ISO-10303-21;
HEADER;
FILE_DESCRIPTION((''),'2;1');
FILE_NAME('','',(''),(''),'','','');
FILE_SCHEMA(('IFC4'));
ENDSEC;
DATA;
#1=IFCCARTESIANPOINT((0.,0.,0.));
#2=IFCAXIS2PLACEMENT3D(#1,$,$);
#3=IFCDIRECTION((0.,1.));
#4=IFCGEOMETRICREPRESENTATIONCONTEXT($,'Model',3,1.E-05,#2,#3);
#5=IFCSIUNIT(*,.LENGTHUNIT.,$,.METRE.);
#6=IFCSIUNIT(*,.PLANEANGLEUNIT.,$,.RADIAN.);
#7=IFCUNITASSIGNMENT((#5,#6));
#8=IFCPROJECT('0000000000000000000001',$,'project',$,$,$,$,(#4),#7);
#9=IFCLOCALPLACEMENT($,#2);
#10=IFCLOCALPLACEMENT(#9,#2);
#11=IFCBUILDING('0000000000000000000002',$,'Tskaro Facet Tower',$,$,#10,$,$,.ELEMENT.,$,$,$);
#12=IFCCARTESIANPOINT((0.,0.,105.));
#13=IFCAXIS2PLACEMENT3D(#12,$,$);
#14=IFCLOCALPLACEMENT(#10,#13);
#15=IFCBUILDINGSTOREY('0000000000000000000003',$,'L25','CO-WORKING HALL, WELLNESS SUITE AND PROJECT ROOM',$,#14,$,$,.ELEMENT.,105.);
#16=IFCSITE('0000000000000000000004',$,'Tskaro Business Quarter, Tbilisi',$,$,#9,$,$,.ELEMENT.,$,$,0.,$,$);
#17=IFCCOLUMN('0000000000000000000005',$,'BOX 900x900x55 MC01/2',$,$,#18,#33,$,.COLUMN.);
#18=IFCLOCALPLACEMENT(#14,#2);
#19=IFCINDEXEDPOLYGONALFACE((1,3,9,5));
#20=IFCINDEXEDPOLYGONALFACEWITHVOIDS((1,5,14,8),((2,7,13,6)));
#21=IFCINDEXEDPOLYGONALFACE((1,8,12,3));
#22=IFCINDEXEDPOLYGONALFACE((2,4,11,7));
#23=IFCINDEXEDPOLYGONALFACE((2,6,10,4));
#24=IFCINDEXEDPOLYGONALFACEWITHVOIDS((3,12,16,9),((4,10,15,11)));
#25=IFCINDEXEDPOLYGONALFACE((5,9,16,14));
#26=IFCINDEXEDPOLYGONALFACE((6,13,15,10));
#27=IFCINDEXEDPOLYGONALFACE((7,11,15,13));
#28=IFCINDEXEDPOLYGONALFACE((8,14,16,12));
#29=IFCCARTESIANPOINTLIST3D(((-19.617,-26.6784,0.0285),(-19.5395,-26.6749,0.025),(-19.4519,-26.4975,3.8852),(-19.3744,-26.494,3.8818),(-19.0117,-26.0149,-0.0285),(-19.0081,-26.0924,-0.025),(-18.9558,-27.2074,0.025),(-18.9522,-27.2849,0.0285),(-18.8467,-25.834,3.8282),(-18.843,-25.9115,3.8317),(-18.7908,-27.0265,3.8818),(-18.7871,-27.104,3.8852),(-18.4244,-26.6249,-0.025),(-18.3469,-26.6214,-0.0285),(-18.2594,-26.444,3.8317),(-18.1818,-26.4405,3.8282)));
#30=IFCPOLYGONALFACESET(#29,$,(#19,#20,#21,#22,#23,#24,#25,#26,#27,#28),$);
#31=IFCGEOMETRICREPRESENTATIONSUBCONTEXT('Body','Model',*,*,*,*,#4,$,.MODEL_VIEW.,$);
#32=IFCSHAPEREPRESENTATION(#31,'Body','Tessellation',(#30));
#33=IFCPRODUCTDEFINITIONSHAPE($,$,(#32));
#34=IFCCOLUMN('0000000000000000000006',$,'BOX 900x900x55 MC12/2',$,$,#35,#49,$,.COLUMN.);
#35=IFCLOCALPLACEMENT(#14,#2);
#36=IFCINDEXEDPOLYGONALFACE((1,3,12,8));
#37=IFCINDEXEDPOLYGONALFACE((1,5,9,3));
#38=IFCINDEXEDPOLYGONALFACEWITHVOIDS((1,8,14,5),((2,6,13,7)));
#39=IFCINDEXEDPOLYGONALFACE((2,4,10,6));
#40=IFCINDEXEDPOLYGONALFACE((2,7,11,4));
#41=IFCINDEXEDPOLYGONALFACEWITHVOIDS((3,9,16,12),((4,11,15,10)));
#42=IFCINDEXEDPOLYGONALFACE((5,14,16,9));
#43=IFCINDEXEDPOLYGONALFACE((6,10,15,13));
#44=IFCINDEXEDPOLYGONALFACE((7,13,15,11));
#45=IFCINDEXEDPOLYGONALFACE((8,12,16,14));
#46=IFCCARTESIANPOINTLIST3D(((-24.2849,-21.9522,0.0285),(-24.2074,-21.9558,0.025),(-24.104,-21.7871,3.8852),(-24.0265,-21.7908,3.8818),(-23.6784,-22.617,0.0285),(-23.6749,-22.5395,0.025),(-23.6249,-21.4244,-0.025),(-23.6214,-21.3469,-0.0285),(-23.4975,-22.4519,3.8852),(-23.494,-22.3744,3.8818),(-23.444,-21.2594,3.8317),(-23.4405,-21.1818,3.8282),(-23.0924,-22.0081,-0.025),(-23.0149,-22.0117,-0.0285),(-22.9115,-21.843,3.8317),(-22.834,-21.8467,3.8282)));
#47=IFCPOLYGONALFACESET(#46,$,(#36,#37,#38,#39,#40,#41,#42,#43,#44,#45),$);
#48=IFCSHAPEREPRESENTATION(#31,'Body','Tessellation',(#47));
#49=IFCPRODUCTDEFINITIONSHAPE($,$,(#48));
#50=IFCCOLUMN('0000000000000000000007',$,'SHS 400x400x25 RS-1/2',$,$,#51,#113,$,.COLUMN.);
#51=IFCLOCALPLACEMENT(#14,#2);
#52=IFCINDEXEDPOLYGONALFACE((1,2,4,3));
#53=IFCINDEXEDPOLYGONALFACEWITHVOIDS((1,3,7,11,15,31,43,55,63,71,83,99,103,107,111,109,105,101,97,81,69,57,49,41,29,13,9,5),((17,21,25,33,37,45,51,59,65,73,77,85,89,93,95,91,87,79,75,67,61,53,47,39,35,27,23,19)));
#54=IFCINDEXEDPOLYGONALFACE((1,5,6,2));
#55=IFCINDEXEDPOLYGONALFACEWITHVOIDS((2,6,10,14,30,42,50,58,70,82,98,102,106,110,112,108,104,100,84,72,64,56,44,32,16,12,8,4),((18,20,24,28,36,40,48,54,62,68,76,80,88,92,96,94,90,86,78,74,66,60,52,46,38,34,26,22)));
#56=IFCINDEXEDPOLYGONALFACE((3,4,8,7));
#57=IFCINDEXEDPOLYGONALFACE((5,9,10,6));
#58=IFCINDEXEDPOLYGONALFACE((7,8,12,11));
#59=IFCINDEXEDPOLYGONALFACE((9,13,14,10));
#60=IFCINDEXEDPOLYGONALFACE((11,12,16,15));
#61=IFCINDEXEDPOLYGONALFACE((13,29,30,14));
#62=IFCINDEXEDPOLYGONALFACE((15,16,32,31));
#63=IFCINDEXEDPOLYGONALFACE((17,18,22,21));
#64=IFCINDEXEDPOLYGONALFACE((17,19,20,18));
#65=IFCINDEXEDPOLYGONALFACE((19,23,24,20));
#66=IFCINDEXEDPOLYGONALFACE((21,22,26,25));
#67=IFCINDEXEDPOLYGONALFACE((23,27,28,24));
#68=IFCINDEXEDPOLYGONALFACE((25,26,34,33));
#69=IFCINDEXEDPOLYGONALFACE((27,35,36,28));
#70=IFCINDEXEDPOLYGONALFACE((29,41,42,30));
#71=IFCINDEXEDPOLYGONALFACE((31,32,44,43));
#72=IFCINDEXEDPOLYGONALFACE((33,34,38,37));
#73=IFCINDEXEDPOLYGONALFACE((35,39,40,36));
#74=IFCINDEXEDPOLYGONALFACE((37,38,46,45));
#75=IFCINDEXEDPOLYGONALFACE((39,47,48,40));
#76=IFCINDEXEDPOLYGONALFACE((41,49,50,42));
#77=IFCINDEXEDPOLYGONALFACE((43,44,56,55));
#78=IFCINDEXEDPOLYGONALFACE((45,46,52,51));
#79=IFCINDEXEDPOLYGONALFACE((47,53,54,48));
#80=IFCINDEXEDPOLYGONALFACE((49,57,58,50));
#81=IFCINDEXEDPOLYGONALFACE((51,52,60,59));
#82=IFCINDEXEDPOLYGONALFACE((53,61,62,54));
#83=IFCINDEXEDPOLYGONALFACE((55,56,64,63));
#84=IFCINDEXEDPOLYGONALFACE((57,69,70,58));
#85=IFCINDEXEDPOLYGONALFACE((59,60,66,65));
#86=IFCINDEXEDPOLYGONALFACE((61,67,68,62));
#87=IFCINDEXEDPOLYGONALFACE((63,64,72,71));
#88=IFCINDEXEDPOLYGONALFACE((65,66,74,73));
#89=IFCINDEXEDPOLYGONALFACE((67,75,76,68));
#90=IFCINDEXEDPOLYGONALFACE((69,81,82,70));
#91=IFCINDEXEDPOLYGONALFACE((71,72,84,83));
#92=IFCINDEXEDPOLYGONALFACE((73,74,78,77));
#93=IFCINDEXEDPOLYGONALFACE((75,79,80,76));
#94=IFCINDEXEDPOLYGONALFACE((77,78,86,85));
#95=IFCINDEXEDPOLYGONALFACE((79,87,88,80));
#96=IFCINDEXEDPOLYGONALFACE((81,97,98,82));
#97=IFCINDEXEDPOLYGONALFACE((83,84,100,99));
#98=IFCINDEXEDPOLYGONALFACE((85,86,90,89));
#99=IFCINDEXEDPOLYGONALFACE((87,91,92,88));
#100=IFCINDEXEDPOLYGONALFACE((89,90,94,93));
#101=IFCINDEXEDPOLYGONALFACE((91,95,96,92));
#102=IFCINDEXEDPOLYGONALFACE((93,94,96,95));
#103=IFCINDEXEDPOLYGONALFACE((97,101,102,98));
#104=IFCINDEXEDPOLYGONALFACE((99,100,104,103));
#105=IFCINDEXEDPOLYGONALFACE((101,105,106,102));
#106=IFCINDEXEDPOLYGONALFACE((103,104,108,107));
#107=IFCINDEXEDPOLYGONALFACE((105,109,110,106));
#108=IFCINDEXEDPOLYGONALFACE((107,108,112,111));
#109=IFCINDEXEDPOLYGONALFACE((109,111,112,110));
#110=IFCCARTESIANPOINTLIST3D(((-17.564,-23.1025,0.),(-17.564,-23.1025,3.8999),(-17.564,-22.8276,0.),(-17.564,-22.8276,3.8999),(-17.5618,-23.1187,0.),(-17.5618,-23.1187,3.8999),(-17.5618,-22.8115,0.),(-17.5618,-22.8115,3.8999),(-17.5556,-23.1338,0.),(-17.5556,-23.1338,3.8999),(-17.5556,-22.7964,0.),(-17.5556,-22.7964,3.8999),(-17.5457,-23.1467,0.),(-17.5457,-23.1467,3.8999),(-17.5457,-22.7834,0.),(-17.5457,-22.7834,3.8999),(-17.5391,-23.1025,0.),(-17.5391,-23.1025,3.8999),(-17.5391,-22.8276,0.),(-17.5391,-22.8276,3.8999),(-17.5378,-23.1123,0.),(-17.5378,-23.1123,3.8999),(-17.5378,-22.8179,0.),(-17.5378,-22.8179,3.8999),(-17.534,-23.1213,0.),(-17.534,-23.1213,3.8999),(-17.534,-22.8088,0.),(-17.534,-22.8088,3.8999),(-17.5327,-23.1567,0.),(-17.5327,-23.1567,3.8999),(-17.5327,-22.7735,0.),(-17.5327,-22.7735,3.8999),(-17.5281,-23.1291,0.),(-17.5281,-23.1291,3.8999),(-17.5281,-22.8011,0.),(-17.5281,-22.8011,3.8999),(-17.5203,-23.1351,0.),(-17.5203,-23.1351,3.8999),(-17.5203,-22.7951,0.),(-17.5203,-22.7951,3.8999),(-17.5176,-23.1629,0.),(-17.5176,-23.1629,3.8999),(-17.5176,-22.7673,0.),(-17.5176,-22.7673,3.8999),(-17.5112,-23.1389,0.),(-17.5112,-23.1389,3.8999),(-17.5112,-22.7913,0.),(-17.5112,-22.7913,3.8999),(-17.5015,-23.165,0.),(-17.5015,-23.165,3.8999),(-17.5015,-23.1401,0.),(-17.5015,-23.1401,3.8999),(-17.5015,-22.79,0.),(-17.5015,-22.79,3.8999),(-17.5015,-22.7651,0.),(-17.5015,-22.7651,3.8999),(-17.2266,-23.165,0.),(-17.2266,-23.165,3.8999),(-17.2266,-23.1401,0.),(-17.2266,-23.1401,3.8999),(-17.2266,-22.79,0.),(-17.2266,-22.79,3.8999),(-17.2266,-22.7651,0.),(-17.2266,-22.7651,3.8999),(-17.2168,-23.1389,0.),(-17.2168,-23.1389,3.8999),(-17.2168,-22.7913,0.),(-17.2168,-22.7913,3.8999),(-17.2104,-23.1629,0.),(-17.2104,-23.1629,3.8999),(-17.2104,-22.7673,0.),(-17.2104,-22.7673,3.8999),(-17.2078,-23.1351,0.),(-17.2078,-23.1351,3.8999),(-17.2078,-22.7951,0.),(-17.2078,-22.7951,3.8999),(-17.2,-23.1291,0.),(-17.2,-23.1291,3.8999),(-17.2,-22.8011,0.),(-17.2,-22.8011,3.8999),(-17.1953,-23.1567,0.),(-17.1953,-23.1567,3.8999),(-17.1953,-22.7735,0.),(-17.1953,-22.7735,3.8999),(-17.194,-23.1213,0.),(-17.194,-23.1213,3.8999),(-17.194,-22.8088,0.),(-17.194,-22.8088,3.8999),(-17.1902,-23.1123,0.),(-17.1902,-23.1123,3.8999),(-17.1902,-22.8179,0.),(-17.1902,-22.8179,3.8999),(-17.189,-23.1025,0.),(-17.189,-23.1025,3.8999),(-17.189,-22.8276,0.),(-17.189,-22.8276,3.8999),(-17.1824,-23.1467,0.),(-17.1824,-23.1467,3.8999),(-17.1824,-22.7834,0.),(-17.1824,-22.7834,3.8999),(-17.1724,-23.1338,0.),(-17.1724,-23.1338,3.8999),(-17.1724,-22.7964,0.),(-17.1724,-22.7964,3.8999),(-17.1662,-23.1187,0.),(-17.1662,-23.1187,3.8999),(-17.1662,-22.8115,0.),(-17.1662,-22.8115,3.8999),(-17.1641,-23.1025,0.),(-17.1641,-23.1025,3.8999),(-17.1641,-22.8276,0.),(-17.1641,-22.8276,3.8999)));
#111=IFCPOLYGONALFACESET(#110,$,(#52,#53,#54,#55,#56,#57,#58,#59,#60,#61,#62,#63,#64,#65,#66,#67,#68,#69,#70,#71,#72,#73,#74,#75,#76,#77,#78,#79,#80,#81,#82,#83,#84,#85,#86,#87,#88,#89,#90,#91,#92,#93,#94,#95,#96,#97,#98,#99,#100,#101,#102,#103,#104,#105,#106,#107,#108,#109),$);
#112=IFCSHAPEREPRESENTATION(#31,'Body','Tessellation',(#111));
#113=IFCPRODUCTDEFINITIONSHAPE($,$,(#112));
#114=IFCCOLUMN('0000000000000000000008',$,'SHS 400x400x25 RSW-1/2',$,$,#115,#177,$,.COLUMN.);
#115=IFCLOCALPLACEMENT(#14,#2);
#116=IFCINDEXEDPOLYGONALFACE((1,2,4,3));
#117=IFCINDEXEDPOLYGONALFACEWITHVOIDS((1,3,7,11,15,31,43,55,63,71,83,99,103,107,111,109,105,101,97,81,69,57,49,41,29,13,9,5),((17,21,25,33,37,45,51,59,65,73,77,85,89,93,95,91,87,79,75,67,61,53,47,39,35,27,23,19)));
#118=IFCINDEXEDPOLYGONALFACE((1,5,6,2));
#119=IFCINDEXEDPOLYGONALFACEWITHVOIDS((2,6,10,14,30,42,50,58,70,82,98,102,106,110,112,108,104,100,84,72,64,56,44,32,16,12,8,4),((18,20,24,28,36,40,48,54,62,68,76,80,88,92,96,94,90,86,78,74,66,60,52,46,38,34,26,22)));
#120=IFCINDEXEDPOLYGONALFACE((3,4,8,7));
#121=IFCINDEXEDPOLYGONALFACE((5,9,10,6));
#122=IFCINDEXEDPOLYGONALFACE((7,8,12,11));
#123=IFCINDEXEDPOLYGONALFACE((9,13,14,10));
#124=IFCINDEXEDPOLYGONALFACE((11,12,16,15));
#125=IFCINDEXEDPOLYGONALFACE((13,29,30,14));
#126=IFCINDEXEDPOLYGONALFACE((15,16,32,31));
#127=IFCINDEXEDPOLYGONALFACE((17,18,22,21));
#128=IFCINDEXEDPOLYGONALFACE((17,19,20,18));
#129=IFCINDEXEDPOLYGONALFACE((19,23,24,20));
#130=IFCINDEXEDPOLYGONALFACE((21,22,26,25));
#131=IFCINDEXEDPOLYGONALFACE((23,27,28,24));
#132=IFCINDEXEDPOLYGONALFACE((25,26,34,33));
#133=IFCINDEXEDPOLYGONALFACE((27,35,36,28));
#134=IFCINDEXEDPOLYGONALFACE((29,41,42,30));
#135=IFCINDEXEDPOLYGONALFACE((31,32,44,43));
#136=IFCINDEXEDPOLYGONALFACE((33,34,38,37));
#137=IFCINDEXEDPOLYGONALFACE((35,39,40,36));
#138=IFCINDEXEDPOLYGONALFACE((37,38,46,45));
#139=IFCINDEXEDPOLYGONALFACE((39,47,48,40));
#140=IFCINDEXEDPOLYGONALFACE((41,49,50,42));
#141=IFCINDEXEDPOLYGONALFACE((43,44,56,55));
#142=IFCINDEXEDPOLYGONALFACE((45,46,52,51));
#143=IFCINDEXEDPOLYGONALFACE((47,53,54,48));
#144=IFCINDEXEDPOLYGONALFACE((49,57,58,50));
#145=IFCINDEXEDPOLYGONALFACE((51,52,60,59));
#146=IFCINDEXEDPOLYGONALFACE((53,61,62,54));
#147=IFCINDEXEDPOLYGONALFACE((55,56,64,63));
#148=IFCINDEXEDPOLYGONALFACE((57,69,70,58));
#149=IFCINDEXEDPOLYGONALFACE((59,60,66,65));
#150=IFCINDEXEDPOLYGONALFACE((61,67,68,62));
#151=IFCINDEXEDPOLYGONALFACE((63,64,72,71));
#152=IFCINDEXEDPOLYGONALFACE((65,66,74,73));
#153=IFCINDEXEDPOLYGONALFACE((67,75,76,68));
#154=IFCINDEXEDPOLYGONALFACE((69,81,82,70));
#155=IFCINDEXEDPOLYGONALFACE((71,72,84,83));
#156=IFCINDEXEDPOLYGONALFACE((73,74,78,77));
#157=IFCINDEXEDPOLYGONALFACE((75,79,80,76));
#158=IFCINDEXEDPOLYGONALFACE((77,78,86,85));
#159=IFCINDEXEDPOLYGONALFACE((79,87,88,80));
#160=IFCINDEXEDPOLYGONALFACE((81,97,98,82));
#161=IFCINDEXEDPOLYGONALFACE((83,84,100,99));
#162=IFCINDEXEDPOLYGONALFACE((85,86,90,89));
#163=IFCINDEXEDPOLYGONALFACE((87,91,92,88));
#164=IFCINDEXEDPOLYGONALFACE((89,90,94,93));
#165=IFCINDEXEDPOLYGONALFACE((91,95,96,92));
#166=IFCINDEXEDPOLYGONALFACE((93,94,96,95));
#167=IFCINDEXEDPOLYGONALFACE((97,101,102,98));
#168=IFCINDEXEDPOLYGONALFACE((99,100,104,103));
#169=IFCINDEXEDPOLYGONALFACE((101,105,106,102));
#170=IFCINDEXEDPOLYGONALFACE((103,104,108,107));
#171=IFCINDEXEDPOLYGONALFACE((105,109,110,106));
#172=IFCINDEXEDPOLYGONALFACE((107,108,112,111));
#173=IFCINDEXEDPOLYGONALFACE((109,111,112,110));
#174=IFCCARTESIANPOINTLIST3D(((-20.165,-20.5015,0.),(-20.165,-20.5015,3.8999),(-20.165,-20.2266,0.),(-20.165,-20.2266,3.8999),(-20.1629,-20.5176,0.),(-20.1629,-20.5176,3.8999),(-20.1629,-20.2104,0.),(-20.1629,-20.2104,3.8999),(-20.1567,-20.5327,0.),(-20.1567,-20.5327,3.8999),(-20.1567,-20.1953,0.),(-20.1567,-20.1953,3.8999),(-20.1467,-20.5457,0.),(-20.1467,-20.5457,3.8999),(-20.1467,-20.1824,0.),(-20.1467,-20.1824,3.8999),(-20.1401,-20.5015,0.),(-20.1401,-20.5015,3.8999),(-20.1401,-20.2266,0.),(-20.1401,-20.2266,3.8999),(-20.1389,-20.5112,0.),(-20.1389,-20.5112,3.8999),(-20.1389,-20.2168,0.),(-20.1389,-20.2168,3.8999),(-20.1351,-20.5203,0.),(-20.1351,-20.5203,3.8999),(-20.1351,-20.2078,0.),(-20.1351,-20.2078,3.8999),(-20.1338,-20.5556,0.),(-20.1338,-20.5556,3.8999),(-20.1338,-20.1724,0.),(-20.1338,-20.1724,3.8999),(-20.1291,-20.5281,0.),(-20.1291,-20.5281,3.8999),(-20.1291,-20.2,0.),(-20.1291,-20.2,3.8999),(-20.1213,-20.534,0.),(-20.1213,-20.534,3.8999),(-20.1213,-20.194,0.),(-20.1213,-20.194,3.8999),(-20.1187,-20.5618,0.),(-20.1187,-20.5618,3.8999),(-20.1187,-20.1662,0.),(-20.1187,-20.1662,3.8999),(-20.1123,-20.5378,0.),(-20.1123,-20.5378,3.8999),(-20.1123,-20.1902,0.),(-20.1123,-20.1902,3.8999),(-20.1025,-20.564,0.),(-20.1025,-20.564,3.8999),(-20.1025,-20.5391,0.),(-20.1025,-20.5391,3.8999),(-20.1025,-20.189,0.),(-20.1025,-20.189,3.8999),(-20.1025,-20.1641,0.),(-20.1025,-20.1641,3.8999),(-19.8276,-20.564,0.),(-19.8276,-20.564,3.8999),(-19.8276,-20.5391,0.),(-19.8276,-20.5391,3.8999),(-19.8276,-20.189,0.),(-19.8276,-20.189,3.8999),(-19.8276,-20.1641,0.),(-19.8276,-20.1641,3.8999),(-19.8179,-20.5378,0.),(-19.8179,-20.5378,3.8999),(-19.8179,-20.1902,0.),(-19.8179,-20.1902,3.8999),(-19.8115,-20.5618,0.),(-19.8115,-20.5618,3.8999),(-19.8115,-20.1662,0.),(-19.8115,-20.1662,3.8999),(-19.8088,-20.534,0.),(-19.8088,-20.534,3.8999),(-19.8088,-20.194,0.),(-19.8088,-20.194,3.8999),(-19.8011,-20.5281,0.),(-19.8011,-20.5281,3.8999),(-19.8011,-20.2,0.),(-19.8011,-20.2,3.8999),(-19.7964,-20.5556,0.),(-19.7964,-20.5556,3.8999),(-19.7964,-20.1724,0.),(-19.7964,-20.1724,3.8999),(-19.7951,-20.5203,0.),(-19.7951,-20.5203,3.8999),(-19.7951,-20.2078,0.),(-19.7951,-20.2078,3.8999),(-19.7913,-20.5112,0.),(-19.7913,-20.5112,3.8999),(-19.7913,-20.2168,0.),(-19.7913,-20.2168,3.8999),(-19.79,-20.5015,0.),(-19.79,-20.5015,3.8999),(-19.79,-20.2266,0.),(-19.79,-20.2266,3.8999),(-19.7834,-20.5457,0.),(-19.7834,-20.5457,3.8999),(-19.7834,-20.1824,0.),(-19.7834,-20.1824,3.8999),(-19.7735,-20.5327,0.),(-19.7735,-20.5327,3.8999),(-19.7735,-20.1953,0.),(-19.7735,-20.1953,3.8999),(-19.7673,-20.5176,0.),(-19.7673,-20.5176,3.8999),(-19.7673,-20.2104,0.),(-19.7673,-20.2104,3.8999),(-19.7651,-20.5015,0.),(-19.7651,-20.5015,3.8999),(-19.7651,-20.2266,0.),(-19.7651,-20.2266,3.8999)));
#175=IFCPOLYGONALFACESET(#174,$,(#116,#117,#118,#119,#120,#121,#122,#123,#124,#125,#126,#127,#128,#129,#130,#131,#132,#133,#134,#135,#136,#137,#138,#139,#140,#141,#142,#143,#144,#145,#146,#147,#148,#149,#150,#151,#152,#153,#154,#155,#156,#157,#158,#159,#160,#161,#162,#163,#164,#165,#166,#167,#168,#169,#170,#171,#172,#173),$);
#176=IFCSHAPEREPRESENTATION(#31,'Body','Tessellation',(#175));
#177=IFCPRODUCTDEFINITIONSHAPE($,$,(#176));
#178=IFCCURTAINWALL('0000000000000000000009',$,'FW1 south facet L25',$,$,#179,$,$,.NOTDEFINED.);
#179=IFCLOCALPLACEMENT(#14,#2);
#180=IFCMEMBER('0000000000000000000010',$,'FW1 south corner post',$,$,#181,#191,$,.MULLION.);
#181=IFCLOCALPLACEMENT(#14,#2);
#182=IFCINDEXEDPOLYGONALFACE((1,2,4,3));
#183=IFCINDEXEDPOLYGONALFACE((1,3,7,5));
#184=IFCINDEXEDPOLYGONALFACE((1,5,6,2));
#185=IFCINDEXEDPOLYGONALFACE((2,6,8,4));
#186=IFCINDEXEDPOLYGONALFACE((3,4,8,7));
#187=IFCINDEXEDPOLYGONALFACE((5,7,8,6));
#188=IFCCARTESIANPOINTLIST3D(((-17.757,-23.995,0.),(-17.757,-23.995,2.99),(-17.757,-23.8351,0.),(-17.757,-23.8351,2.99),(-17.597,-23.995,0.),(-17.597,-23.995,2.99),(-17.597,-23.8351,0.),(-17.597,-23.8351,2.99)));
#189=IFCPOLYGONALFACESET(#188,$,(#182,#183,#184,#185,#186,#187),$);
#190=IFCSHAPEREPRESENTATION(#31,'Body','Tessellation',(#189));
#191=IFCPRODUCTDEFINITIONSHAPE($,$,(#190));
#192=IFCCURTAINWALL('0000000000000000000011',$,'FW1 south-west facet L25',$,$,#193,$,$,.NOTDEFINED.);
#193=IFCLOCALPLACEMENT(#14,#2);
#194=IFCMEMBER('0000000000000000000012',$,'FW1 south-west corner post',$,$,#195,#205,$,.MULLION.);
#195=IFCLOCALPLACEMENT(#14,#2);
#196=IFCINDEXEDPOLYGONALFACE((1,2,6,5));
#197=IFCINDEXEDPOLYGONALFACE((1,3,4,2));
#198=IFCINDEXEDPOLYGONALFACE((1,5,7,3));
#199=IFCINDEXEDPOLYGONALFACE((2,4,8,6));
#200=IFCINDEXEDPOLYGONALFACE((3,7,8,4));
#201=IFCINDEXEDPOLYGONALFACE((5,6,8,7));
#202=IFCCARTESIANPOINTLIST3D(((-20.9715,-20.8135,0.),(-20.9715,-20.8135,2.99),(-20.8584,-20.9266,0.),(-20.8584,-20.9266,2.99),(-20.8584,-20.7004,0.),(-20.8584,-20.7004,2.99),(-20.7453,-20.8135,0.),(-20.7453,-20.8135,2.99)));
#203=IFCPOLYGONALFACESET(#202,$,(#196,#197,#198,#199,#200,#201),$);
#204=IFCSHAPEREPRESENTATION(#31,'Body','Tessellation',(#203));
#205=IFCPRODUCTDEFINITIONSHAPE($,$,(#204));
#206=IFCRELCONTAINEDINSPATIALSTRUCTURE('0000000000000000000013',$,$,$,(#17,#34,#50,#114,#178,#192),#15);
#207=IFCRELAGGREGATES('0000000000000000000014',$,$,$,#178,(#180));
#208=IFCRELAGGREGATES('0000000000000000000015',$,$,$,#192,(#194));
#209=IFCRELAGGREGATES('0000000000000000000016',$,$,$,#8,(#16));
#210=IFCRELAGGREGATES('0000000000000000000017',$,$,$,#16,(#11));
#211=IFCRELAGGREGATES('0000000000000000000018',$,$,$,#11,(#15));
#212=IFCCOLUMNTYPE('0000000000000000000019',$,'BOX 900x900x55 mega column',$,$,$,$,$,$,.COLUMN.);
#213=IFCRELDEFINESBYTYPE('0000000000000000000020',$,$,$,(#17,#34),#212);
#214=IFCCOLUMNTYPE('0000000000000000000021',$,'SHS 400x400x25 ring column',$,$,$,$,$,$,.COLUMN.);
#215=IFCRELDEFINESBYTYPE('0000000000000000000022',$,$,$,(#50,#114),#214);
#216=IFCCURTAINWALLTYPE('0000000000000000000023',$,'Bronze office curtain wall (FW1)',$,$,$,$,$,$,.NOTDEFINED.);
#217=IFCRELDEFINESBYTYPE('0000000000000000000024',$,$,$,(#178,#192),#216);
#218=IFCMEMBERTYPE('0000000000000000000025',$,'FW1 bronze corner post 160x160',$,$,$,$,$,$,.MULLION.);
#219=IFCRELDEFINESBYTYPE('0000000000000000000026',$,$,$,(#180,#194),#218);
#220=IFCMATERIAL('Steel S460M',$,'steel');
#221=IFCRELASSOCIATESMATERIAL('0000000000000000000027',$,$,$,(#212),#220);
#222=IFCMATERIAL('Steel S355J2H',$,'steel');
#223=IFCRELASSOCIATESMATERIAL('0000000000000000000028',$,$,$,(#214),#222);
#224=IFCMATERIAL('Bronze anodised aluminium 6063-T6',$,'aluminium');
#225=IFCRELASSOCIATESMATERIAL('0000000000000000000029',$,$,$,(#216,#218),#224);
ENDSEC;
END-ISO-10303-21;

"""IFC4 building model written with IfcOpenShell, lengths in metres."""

from ifc_helpers import new_model, si_unit, direction, frame, origin, origin_2d, place, context, subcontext, project, spatial, rectangle, hollow_rectangle, extrude, material, material_profile, profile_set, type_object, element, aggregate, save


model = new_model("IFC4")

# Units and contexts
model_context = context("Model", 3, precision=1e-05, world=origin(), true_north=direction((0.0, 1.0)))
body_context = subcontext(model_context, "Body", "Model", "MODEL_VIEW")
ifc_project = project(units=[si_unit("LENGTHUNIT", "METRE"), si_unit("PLANEANGLEUNIT", "RADIAN")], contexts=[model_context])

# Site, building, storey
site_placement = place(None, origin())
site = spatial("IfcSite", under=ifc_project, at=site_placement, Name="Tskaro Business Quarter, Tbilisi", CompositionType="ELEMENT", RefElevation=0.0)
building_placement = place(site_placement, origin())
building = spatial("IfcBuilding", under=site, at=building_placement, Name="Tskaro Facet Tower", CompositionType="ELEMENT")
storey_placement = place(building_placement, frame((0.0, 0.0, 105.0)))
storey = spatial("IfcBuildingStorey", under=building, at=storey_placement, Name="L25", Description="CO-WORKING HALL, WELLNESS SUITE AND PROJECT ROOM", CompositionType="ELEMENT", Elevation=105.0)

# Columns
ifc_material_1 = material(Name="Steel S460M", Category="steel")
ifc_material_profile_1 = material_profile(ifc_material_1, hollow_rectangle(XDim=0.8999, YDim=0.8999, WallThickness=0.0549, at=origin_2d()), Name="BOX 900x900x55")
ifc_profile_set_1 = profile_set([ifc_material_profile_1], Name="Steel S460M")
column_type_1 = type_object("IfcColumnType", Name="BOX 900x900x55 mega column", PredefinedType="COLUMN", material=ifc_profile_set_1)
for number, where, z_axis, x_axis, name in (
    (1, (-18.9819, -26.6499, 0.0), (0.042707, 0.046813, 0.99799), (-0.738766, 0.673962, 0.0), "BOX 900x900x55 MC01/2"),
    (2, (-23.6499, -21.9819, 0.0), (0.046813, 0.042707, 0.99799), (-0.673962, 0.738766, 0.0), "BOX 900x900x55 MC12/2"),
):
    element("IfcColumn", number, at=place(storey_placement, frame(where, z_axis=z_axis, x_axis=x_axis)), inside=storey, type_object=column_type_1, Name=name, PredefinedType="COLUMN", context=body_context, shape_type="SweptSolid", body=[
        extrude(hollow_rectangle(XDim=0.8999, YDim=0.8999, WallThickness=0.0549, at=origin_2d()), origin(), (0.0, 0.0, 1.0), 3.8645),
    ])
ifc_material_2 = material(Name="Steel S355J2H", Category="steel")
ifc_material_profile_2 = material_profile(ifc_material_2, hollow_rectangle(XDim=0.3999, YDim=0.3999, WallThickness=0.0249, InnerFilletRadius=0.0376, OuterFilletRadius=0.0625, at=origin_2d()), Name="SHS 400x400x25")
ifc_profile_set_2 = profile_set([ifc_material_profile_2], Name="Steel S355J2H")
column_type_2 = type_object("IfcColumnType", Name="SHS 400x400x25 ring column", PredefinedType="COLUMN", material=ifc_profile_set_2)
for number, where, z_axis, x_axis, name in (
    (3, (-17.364, -22.9651, 0.0), (0.0, 0.0, 1.0), (1.0, 0.0, 0.0), "SHS 400x400x25 RS-1/2"),
    (4, (-19.9651, -20.364, 0.0), (0.0, 0.0, 1.0), (1.0, 0.0, 0.0), "SHS 400x400x25 RSW-1/2"),
):
    element("IfcColumn", number, at=place(storey_placement, frame(where, z_axis=z_axis, x_axis=x_axis)), inside=storey, type_object=column_type_2, Name=name, PredefinedType="COLUMN", context=body_context, shape_type="SweptSolid", body=[
        extrude(hollow_rectangle(XDim=0.3999, YDim=0.3999, WallThickness=0.0249, InnerFilletRadius=0.0376, OuterFilletRadius=0.0625, at=origin_2d()), origin(), (0.0, 0.0, 1.0), 3.8999),
    ])

# Curtain walls, members
ifc_material_3 = material(Name="Bronze anodised aluminium 6063-T6", Category="aluminium")
curtain_wall_type = type_object("IfcCurtainWallType", Name="Bronze office curtain wall (FW1)", PredefinedType="NOTDEFINED", material=ifc_material_3)
curtain_wall_1_placement = place(storey_placement, origin())
curtain_wall_1 = element("IfcCurtainWall", 5, at=curtain_wall_1_placement, inside=storey, type_object=curtain_wall_type, Name="FW1 south facet L25", PredefinedType="NOTDEFINED")
ifc_material_profile_3 = material_profile(ifc_material_3, rectangle(XDim=0.1599, YDim=0.1599, at=origin_2d()), Name="Corner post 160x160")
ifc_profile_set_3 = profile_set([ifc_material_profile_3], Name="Bronze anodised aluminium 6063-T6")
member_type_1 = type_object("IfcMemberType", Name="FW1 bronze corner post 160x160", PredefinedType="MULLION", material=ifc_profile_set_3)
member_1_placement = place(storey_placement, frame((-17.677, -23.915, 0.0), z_axis=(0.0, 0.0, 1.0), x_axis=(1.0, 0.0, 0.0)))
member_1 = element("IfcMember", 6, at=member_1_placement, type_object=member_type_1, Name="FW1 south corner post", PredefinedType="MULLION", context=body_context, shape_type="SweptSolid", body=[
    extrude(rectangle(XDim=0.1599, YDim=0.1599, at=origin_2d()), origin(), (0.0, 0.0, 1.0), 2.99),
])
curtain_wall_2_placement = place(storey_placement, origin())
curtain_wall_2 = element("IfcCurtainWall", 7, at=curtain_wall_2_placement, inside=storey, type_object=curtain_wall_type, Name="FW1 south-west facet L25", PredefinedType="NOTDEFINED")
member_2_placement = place(storey_placement, frame((-20.8584, -20.8135, 0.0), z_axis=(0.0, 0.0, 1.0), x_axis=(0.707107, -0.707107, 0.0)))
member_2 = element("IfcMember", 8, at=member_2_placement, type_object=member_type_1, Name="FW1 south-west corner post", PredefinedType="MULLION", context=body_context, shape_type="SweptSolid", body=[
    extrude(rectangle(XDim=0.1599, YDim=0.1599, at=origin_2d()), origin(), (0.0, 0.0, 1.0), 2.99),
])

aggregate(curtain_wall_1, [member_1])
aggregate(curtain_wall_2, [member_2])

save(model, "model.ifc")
